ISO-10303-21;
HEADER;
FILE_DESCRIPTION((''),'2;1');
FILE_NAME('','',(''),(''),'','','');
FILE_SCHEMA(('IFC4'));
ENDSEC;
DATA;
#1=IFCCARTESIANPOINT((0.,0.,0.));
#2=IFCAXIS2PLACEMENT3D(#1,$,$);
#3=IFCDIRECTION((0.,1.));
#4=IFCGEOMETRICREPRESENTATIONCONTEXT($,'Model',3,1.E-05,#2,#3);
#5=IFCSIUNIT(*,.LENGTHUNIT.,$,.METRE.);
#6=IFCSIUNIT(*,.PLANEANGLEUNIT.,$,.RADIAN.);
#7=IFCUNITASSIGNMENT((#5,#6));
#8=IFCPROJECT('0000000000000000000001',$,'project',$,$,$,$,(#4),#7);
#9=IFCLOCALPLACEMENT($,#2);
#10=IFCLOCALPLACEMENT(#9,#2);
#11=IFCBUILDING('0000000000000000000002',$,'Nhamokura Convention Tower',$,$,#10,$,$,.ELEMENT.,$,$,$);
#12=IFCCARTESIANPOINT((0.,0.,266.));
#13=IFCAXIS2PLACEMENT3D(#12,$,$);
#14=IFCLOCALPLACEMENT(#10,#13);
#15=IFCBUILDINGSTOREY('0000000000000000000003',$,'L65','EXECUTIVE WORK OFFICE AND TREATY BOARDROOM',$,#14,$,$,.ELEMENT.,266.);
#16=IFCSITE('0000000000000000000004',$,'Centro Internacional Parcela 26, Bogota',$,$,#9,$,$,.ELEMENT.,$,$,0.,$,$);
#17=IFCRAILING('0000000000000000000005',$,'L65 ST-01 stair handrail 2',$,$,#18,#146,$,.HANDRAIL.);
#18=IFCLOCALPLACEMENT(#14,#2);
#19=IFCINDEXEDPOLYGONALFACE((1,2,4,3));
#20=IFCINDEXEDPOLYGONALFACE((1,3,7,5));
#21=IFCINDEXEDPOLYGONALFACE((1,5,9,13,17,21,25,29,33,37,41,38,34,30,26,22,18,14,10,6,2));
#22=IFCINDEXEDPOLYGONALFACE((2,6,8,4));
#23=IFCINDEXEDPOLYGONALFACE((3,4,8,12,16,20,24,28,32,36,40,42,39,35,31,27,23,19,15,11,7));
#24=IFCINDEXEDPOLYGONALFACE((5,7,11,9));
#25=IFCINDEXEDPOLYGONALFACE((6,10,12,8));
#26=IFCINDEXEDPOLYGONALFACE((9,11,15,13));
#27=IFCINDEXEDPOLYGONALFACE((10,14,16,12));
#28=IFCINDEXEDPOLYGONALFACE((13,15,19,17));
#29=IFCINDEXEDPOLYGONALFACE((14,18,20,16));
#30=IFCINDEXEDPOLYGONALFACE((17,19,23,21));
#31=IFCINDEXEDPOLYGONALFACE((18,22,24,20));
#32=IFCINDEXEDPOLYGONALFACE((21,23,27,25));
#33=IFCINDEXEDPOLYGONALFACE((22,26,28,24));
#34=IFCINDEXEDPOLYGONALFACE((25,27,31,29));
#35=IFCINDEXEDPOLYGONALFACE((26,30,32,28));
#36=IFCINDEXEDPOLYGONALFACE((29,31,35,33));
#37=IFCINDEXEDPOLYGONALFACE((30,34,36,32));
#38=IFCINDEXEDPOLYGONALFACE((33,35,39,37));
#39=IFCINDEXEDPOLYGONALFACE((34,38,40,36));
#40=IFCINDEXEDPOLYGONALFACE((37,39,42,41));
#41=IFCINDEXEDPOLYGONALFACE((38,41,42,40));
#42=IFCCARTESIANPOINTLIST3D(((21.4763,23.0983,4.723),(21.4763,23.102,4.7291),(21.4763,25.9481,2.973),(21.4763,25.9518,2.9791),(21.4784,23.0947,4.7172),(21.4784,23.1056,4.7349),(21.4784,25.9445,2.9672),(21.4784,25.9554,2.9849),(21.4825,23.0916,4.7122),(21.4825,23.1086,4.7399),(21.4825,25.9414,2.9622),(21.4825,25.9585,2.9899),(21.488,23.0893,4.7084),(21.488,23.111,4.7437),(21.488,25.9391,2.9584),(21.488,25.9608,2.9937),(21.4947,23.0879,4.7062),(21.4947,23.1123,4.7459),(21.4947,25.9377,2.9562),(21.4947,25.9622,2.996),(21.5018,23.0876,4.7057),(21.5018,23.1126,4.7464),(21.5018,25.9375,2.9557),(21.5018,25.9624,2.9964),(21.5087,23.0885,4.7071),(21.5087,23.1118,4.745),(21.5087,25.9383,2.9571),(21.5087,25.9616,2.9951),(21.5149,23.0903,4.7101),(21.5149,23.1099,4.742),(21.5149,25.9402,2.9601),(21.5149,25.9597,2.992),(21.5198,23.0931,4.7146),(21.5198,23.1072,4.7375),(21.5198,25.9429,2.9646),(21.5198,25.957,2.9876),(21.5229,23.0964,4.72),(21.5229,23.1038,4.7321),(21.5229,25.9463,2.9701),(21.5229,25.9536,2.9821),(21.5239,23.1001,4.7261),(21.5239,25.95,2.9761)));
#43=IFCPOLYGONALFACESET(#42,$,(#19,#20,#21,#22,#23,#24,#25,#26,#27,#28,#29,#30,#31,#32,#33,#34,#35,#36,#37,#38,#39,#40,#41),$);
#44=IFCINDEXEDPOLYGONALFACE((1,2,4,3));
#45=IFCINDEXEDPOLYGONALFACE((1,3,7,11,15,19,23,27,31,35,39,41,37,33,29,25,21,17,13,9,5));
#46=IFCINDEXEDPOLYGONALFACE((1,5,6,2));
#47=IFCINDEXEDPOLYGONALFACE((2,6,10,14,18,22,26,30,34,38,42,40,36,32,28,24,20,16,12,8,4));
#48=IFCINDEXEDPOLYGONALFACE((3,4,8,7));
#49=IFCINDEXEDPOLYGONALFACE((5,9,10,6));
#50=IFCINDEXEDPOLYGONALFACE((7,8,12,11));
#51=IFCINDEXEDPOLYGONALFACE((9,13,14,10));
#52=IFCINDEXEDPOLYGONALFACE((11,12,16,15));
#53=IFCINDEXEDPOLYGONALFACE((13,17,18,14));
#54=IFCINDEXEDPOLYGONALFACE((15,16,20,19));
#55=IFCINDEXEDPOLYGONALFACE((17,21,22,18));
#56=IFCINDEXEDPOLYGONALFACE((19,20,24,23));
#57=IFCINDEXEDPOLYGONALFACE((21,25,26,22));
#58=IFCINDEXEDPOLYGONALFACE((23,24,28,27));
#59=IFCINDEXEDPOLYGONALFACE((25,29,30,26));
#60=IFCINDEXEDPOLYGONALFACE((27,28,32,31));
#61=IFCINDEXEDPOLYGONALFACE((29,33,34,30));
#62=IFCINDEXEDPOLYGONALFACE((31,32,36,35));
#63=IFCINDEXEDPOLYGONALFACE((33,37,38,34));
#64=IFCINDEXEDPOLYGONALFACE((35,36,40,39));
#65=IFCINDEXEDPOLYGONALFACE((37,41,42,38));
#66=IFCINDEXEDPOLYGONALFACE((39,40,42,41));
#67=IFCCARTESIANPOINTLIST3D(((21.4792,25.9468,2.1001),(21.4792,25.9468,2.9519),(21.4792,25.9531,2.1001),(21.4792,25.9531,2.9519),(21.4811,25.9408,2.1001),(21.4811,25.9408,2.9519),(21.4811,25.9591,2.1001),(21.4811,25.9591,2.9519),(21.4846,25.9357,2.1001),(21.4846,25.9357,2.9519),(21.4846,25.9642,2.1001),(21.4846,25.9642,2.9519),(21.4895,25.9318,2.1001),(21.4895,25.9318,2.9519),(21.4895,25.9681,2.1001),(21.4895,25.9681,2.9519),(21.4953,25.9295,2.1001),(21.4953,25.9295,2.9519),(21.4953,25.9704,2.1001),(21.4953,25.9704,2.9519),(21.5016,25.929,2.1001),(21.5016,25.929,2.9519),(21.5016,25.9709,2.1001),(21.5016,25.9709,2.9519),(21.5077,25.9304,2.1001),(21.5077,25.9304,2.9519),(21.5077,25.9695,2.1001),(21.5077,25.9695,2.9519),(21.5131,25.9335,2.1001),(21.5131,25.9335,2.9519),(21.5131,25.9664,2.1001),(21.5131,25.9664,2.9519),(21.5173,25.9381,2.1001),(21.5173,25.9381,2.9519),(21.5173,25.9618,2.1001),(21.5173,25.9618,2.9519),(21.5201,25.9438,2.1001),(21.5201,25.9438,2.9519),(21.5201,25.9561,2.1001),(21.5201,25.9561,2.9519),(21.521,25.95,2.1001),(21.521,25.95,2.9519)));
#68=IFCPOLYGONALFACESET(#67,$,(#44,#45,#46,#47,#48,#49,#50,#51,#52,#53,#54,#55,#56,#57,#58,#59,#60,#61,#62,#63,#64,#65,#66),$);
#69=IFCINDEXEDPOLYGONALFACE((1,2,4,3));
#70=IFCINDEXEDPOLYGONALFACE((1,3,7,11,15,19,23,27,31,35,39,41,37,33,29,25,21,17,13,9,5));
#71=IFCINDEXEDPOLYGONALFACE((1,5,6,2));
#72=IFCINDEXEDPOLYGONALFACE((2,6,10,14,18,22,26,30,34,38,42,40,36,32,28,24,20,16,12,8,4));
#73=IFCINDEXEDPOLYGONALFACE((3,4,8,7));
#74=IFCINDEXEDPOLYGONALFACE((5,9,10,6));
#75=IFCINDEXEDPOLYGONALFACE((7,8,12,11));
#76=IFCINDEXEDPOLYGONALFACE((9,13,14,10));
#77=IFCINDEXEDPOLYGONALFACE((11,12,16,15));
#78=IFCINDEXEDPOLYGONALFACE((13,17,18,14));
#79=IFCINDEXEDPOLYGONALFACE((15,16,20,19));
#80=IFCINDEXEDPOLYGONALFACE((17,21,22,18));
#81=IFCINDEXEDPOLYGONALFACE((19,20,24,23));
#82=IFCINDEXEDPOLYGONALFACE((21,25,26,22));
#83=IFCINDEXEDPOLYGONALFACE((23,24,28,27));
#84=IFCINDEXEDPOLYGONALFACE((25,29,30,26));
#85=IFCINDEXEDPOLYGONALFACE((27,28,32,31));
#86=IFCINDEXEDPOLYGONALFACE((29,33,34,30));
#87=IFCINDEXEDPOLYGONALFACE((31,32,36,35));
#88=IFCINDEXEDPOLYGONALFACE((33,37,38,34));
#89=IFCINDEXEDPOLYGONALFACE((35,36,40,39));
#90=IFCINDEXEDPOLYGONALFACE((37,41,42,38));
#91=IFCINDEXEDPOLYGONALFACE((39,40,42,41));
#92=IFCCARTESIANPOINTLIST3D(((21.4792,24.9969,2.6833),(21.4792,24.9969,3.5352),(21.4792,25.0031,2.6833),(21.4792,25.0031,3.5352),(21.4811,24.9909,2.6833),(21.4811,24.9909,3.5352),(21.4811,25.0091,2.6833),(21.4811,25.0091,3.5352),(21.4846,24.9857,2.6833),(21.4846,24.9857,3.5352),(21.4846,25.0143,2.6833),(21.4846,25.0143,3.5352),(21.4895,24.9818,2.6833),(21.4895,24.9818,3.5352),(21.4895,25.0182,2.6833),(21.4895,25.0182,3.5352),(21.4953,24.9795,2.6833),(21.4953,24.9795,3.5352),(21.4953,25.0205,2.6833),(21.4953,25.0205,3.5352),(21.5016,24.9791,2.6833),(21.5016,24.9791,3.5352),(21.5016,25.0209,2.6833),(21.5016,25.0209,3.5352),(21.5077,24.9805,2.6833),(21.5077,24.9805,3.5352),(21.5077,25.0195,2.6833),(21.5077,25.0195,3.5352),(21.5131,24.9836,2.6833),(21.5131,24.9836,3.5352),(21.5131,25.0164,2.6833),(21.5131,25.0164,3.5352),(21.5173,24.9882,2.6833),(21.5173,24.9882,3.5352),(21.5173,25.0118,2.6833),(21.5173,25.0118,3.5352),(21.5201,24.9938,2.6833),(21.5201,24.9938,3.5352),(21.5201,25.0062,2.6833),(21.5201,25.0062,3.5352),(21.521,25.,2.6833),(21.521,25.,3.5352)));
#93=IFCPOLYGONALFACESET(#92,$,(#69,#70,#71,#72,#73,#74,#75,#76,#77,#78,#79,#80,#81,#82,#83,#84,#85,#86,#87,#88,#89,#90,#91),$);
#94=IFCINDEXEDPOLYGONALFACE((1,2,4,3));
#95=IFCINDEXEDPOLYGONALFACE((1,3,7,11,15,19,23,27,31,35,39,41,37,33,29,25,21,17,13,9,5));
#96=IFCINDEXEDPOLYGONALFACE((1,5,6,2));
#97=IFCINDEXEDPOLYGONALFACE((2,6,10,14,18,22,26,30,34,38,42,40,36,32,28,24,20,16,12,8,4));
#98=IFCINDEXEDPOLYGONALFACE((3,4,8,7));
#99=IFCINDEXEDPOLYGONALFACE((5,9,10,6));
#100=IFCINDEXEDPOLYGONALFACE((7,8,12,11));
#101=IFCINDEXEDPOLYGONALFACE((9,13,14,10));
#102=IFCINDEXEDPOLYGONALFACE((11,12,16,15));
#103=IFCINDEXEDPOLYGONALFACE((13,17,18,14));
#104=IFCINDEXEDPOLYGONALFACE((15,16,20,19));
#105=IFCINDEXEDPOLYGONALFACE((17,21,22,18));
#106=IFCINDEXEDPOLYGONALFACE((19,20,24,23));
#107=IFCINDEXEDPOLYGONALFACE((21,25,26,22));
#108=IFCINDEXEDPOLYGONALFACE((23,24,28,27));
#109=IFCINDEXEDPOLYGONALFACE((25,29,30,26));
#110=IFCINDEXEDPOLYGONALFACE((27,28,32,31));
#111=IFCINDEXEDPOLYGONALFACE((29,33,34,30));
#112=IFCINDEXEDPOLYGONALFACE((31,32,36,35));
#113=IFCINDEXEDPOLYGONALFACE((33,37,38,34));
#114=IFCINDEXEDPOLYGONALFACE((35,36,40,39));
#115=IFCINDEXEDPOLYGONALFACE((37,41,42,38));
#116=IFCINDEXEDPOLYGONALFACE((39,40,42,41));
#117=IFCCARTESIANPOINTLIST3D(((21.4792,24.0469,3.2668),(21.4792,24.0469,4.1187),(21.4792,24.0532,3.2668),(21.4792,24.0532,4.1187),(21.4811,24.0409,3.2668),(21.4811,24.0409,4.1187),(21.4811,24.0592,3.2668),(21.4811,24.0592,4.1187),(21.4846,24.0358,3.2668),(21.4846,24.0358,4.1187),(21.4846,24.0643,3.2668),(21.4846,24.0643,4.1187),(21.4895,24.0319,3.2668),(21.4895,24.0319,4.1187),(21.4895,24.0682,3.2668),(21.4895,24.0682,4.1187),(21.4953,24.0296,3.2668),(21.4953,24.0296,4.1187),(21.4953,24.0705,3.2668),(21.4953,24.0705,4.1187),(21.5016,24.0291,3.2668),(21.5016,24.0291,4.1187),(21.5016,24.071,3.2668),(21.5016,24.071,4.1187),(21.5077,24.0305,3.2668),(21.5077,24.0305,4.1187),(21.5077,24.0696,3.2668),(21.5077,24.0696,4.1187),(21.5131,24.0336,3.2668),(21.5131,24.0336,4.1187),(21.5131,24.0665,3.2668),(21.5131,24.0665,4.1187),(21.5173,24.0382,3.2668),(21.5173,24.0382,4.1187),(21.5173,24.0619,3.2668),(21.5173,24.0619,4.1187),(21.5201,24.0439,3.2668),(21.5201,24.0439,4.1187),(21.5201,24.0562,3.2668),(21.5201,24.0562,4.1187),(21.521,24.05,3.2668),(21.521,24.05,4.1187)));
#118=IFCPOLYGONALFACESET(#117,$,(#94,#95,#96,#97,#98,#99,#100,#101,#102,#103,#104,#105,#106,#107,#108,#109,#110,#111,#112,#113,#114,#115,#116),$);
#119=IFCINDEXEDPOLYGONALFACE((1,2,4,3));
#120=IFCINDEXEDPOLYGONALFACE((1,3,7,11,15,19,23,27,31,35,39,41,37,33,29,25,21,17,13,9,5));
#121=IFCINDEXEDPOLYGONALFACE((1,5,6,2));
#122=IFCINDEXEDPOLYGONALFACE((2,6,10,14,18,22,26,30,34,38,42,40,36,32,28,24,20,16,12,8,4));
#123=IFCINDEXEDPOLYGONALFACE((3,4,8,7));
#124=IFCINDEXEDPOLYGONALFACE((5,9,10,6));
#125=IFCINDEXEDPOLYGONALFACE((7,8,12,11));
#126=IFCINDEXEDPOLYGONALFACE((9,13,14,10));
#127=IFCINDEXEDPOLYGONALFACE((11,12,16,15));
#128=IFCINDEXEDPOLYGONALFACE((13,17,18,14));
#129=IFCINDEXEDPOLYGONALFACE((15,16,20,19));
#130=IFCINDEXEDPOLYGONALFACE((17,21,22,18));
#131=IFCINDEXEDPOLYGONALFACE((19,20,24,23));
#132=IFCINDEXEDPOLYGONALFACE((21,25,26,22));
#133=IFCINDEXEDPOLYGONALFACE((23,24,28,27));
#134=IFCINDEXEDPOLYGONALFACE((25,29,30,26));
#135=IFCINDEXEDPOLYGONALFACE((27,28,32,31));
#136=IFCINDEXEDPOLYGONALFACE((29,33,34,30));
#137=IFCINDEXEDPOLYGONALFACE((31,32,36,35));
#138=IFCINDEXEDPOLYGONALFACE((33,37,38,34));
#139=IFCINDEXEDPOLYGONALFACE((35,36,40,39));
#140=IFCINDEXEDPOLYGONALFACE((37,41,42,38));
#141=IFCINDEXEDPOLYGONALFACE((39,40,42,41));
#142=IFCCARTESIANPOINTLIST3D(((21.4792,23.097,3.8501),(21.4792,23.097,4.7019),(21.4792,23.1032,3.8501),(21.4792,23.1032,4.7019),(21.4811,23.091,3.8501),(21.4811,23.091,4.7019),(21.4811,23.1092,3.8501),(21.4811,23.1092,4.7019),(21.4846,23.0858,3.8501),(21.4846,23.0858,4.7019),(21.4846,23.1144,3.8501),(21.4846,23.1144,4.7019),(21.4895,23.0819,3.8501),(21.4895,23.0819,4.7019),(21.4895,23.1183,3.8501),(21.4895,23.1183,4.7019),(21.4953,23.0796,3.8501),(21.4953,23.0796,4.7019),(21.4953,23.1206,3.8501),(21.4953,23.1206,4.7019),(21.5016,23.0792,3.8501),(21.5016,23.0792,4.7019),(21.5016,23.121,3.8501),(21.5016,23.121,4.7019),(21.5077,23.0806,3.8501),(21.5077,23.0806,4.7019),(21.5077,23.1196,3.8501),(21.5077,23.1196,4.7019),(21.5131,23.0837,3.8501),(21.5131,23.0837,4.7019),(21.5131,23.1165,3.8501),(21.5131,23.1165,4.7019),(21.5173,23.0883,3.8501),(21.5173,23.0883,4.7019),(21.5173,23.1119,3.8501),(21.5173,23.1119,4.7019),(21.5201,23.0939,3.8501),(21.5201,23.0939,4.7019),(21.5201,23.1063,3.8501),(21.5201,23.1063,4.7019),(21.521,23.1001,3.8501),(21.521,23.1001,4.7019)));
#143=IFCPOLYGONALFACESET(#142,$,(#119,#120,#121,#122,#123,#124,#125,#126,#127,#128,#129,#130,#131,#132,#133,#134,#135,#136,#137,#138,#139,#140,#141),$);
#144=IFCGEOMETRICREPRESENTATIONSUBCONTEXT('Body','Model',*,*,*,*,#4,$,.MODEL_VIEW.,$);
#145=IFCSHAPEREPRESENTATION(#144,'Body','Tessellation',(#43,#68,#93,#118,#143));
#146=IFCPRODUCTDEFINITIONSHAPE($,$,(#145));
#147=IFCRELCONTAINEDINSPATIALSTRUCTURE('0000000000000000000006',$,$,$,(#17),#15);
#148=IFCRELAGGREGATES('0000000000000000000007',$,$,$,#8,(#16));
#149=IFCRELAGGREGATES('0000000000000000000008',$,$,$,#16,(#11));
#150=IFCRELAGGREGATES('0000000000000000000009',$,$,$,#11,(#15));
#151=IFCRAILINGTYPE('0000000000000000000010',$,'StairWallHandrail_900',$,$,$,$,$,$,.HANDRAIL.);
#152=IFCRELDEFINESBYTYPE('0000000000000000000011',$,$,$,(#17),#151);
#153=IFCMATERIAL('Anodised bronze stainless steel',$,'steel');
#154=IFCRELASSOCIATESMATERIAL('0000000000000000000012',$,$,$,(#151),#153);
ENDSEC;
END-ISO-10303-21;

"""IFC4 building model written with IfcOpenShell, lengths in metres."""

from ifc_helpers import new_model, si_unit, direction, frame, origin, origin_2d, place, context, subcontext, project, spatial, circle, extrude, material, type_object, element, save


model = new_model("IFC4")

# Units and contexts
model_context = context("Model", 3, precision=1e-05, world=origin(), true_north=direction((0.0, 1.0)))
body_context = subcontext(model_context, "Body", "Model", "MODEL_VIEW")
ifc_project = project(units=[si_unit("LENGTHUNIT", "METRE"), si_unit("PLANEANGLEUNIT", "RADIAN")], contexts=[model_context])

# Site, building, storey
site_placement = place(None, origin())
site = spatial("IfcSite", under=ifc_project, at=site_placement, Name="Centro Internacional Parcela 26, Bogota", CompositionType="ELEMENT", RefElevation=0.0)
building_placement = place(site_placement, origin())
building = spatial("IfcBuilding", under=site, at=building_placement, Name="Nhamokura Convention Tower", CompositionType="ELEMENT")
storey_placement = place(building_placement, frame((0.0, 0.0, 266.0)))
storey = spatial("IfcBuildingStorey", under=building, at=storey_placement, Name="L65", Description="EXECUTIVE WORK OFFICE AND TREATY BOARDROOM", CompositionType="ELEMENT", Elevation=266.0)

# Railing
ifc_material_1 = material(Name="Anodised bronze stainless steel", Category="steel")
railing_type_1 = type_object("IfcRailingType", Name="StairWallHandrail_900", PredefinedType="HANDRAIL", material=ifc_material_1)
railing_1_placement = place(storey_placement, frame((21.5, 25.95, 2.1001)))
element("IfcRailing", 1, at=railing_1_placement, inside=storey, type_object=railing_type_1, Name="L65 ST-01 stair handrail 2", PredefinedType="HANDRAIL", context=body_context, shape_type="SweptSolid", body=[
    extrude(circle(Radius=0.0239, at=origin_2d()), frame((0.0, 0.0, 0.876), z_axis=(0.0, -0.852159, 0.523283), x_axis=(1.0, 0.0, 0.0)), (0.0, 0.0, 1.0), 3.3442),
    extrude(circle(Radius=0.021, at=origin_2d()), origin(), (0.0, 0.0, 1.0), 0.8518),
    extrude(circle(Radius=0.021, at=origin_2d()), frame((0.0, -0.95, 0.5833)), (0.0, 0.0, 1.0), 0.8518),
    extrude(circle(Radius=0.021, at=origin_2d()), frame((0.0, -1.8999, 1.1667)), (0.0, 0.0, 1.0), 0.8518),
    extrude(circle(Radius=0.021, at=origin_2d()), frame((0.0, -2.8499, 1.75)), (0.0, 0.0, 1.0), 0.8518),
])

save(model, "model.ifc")
